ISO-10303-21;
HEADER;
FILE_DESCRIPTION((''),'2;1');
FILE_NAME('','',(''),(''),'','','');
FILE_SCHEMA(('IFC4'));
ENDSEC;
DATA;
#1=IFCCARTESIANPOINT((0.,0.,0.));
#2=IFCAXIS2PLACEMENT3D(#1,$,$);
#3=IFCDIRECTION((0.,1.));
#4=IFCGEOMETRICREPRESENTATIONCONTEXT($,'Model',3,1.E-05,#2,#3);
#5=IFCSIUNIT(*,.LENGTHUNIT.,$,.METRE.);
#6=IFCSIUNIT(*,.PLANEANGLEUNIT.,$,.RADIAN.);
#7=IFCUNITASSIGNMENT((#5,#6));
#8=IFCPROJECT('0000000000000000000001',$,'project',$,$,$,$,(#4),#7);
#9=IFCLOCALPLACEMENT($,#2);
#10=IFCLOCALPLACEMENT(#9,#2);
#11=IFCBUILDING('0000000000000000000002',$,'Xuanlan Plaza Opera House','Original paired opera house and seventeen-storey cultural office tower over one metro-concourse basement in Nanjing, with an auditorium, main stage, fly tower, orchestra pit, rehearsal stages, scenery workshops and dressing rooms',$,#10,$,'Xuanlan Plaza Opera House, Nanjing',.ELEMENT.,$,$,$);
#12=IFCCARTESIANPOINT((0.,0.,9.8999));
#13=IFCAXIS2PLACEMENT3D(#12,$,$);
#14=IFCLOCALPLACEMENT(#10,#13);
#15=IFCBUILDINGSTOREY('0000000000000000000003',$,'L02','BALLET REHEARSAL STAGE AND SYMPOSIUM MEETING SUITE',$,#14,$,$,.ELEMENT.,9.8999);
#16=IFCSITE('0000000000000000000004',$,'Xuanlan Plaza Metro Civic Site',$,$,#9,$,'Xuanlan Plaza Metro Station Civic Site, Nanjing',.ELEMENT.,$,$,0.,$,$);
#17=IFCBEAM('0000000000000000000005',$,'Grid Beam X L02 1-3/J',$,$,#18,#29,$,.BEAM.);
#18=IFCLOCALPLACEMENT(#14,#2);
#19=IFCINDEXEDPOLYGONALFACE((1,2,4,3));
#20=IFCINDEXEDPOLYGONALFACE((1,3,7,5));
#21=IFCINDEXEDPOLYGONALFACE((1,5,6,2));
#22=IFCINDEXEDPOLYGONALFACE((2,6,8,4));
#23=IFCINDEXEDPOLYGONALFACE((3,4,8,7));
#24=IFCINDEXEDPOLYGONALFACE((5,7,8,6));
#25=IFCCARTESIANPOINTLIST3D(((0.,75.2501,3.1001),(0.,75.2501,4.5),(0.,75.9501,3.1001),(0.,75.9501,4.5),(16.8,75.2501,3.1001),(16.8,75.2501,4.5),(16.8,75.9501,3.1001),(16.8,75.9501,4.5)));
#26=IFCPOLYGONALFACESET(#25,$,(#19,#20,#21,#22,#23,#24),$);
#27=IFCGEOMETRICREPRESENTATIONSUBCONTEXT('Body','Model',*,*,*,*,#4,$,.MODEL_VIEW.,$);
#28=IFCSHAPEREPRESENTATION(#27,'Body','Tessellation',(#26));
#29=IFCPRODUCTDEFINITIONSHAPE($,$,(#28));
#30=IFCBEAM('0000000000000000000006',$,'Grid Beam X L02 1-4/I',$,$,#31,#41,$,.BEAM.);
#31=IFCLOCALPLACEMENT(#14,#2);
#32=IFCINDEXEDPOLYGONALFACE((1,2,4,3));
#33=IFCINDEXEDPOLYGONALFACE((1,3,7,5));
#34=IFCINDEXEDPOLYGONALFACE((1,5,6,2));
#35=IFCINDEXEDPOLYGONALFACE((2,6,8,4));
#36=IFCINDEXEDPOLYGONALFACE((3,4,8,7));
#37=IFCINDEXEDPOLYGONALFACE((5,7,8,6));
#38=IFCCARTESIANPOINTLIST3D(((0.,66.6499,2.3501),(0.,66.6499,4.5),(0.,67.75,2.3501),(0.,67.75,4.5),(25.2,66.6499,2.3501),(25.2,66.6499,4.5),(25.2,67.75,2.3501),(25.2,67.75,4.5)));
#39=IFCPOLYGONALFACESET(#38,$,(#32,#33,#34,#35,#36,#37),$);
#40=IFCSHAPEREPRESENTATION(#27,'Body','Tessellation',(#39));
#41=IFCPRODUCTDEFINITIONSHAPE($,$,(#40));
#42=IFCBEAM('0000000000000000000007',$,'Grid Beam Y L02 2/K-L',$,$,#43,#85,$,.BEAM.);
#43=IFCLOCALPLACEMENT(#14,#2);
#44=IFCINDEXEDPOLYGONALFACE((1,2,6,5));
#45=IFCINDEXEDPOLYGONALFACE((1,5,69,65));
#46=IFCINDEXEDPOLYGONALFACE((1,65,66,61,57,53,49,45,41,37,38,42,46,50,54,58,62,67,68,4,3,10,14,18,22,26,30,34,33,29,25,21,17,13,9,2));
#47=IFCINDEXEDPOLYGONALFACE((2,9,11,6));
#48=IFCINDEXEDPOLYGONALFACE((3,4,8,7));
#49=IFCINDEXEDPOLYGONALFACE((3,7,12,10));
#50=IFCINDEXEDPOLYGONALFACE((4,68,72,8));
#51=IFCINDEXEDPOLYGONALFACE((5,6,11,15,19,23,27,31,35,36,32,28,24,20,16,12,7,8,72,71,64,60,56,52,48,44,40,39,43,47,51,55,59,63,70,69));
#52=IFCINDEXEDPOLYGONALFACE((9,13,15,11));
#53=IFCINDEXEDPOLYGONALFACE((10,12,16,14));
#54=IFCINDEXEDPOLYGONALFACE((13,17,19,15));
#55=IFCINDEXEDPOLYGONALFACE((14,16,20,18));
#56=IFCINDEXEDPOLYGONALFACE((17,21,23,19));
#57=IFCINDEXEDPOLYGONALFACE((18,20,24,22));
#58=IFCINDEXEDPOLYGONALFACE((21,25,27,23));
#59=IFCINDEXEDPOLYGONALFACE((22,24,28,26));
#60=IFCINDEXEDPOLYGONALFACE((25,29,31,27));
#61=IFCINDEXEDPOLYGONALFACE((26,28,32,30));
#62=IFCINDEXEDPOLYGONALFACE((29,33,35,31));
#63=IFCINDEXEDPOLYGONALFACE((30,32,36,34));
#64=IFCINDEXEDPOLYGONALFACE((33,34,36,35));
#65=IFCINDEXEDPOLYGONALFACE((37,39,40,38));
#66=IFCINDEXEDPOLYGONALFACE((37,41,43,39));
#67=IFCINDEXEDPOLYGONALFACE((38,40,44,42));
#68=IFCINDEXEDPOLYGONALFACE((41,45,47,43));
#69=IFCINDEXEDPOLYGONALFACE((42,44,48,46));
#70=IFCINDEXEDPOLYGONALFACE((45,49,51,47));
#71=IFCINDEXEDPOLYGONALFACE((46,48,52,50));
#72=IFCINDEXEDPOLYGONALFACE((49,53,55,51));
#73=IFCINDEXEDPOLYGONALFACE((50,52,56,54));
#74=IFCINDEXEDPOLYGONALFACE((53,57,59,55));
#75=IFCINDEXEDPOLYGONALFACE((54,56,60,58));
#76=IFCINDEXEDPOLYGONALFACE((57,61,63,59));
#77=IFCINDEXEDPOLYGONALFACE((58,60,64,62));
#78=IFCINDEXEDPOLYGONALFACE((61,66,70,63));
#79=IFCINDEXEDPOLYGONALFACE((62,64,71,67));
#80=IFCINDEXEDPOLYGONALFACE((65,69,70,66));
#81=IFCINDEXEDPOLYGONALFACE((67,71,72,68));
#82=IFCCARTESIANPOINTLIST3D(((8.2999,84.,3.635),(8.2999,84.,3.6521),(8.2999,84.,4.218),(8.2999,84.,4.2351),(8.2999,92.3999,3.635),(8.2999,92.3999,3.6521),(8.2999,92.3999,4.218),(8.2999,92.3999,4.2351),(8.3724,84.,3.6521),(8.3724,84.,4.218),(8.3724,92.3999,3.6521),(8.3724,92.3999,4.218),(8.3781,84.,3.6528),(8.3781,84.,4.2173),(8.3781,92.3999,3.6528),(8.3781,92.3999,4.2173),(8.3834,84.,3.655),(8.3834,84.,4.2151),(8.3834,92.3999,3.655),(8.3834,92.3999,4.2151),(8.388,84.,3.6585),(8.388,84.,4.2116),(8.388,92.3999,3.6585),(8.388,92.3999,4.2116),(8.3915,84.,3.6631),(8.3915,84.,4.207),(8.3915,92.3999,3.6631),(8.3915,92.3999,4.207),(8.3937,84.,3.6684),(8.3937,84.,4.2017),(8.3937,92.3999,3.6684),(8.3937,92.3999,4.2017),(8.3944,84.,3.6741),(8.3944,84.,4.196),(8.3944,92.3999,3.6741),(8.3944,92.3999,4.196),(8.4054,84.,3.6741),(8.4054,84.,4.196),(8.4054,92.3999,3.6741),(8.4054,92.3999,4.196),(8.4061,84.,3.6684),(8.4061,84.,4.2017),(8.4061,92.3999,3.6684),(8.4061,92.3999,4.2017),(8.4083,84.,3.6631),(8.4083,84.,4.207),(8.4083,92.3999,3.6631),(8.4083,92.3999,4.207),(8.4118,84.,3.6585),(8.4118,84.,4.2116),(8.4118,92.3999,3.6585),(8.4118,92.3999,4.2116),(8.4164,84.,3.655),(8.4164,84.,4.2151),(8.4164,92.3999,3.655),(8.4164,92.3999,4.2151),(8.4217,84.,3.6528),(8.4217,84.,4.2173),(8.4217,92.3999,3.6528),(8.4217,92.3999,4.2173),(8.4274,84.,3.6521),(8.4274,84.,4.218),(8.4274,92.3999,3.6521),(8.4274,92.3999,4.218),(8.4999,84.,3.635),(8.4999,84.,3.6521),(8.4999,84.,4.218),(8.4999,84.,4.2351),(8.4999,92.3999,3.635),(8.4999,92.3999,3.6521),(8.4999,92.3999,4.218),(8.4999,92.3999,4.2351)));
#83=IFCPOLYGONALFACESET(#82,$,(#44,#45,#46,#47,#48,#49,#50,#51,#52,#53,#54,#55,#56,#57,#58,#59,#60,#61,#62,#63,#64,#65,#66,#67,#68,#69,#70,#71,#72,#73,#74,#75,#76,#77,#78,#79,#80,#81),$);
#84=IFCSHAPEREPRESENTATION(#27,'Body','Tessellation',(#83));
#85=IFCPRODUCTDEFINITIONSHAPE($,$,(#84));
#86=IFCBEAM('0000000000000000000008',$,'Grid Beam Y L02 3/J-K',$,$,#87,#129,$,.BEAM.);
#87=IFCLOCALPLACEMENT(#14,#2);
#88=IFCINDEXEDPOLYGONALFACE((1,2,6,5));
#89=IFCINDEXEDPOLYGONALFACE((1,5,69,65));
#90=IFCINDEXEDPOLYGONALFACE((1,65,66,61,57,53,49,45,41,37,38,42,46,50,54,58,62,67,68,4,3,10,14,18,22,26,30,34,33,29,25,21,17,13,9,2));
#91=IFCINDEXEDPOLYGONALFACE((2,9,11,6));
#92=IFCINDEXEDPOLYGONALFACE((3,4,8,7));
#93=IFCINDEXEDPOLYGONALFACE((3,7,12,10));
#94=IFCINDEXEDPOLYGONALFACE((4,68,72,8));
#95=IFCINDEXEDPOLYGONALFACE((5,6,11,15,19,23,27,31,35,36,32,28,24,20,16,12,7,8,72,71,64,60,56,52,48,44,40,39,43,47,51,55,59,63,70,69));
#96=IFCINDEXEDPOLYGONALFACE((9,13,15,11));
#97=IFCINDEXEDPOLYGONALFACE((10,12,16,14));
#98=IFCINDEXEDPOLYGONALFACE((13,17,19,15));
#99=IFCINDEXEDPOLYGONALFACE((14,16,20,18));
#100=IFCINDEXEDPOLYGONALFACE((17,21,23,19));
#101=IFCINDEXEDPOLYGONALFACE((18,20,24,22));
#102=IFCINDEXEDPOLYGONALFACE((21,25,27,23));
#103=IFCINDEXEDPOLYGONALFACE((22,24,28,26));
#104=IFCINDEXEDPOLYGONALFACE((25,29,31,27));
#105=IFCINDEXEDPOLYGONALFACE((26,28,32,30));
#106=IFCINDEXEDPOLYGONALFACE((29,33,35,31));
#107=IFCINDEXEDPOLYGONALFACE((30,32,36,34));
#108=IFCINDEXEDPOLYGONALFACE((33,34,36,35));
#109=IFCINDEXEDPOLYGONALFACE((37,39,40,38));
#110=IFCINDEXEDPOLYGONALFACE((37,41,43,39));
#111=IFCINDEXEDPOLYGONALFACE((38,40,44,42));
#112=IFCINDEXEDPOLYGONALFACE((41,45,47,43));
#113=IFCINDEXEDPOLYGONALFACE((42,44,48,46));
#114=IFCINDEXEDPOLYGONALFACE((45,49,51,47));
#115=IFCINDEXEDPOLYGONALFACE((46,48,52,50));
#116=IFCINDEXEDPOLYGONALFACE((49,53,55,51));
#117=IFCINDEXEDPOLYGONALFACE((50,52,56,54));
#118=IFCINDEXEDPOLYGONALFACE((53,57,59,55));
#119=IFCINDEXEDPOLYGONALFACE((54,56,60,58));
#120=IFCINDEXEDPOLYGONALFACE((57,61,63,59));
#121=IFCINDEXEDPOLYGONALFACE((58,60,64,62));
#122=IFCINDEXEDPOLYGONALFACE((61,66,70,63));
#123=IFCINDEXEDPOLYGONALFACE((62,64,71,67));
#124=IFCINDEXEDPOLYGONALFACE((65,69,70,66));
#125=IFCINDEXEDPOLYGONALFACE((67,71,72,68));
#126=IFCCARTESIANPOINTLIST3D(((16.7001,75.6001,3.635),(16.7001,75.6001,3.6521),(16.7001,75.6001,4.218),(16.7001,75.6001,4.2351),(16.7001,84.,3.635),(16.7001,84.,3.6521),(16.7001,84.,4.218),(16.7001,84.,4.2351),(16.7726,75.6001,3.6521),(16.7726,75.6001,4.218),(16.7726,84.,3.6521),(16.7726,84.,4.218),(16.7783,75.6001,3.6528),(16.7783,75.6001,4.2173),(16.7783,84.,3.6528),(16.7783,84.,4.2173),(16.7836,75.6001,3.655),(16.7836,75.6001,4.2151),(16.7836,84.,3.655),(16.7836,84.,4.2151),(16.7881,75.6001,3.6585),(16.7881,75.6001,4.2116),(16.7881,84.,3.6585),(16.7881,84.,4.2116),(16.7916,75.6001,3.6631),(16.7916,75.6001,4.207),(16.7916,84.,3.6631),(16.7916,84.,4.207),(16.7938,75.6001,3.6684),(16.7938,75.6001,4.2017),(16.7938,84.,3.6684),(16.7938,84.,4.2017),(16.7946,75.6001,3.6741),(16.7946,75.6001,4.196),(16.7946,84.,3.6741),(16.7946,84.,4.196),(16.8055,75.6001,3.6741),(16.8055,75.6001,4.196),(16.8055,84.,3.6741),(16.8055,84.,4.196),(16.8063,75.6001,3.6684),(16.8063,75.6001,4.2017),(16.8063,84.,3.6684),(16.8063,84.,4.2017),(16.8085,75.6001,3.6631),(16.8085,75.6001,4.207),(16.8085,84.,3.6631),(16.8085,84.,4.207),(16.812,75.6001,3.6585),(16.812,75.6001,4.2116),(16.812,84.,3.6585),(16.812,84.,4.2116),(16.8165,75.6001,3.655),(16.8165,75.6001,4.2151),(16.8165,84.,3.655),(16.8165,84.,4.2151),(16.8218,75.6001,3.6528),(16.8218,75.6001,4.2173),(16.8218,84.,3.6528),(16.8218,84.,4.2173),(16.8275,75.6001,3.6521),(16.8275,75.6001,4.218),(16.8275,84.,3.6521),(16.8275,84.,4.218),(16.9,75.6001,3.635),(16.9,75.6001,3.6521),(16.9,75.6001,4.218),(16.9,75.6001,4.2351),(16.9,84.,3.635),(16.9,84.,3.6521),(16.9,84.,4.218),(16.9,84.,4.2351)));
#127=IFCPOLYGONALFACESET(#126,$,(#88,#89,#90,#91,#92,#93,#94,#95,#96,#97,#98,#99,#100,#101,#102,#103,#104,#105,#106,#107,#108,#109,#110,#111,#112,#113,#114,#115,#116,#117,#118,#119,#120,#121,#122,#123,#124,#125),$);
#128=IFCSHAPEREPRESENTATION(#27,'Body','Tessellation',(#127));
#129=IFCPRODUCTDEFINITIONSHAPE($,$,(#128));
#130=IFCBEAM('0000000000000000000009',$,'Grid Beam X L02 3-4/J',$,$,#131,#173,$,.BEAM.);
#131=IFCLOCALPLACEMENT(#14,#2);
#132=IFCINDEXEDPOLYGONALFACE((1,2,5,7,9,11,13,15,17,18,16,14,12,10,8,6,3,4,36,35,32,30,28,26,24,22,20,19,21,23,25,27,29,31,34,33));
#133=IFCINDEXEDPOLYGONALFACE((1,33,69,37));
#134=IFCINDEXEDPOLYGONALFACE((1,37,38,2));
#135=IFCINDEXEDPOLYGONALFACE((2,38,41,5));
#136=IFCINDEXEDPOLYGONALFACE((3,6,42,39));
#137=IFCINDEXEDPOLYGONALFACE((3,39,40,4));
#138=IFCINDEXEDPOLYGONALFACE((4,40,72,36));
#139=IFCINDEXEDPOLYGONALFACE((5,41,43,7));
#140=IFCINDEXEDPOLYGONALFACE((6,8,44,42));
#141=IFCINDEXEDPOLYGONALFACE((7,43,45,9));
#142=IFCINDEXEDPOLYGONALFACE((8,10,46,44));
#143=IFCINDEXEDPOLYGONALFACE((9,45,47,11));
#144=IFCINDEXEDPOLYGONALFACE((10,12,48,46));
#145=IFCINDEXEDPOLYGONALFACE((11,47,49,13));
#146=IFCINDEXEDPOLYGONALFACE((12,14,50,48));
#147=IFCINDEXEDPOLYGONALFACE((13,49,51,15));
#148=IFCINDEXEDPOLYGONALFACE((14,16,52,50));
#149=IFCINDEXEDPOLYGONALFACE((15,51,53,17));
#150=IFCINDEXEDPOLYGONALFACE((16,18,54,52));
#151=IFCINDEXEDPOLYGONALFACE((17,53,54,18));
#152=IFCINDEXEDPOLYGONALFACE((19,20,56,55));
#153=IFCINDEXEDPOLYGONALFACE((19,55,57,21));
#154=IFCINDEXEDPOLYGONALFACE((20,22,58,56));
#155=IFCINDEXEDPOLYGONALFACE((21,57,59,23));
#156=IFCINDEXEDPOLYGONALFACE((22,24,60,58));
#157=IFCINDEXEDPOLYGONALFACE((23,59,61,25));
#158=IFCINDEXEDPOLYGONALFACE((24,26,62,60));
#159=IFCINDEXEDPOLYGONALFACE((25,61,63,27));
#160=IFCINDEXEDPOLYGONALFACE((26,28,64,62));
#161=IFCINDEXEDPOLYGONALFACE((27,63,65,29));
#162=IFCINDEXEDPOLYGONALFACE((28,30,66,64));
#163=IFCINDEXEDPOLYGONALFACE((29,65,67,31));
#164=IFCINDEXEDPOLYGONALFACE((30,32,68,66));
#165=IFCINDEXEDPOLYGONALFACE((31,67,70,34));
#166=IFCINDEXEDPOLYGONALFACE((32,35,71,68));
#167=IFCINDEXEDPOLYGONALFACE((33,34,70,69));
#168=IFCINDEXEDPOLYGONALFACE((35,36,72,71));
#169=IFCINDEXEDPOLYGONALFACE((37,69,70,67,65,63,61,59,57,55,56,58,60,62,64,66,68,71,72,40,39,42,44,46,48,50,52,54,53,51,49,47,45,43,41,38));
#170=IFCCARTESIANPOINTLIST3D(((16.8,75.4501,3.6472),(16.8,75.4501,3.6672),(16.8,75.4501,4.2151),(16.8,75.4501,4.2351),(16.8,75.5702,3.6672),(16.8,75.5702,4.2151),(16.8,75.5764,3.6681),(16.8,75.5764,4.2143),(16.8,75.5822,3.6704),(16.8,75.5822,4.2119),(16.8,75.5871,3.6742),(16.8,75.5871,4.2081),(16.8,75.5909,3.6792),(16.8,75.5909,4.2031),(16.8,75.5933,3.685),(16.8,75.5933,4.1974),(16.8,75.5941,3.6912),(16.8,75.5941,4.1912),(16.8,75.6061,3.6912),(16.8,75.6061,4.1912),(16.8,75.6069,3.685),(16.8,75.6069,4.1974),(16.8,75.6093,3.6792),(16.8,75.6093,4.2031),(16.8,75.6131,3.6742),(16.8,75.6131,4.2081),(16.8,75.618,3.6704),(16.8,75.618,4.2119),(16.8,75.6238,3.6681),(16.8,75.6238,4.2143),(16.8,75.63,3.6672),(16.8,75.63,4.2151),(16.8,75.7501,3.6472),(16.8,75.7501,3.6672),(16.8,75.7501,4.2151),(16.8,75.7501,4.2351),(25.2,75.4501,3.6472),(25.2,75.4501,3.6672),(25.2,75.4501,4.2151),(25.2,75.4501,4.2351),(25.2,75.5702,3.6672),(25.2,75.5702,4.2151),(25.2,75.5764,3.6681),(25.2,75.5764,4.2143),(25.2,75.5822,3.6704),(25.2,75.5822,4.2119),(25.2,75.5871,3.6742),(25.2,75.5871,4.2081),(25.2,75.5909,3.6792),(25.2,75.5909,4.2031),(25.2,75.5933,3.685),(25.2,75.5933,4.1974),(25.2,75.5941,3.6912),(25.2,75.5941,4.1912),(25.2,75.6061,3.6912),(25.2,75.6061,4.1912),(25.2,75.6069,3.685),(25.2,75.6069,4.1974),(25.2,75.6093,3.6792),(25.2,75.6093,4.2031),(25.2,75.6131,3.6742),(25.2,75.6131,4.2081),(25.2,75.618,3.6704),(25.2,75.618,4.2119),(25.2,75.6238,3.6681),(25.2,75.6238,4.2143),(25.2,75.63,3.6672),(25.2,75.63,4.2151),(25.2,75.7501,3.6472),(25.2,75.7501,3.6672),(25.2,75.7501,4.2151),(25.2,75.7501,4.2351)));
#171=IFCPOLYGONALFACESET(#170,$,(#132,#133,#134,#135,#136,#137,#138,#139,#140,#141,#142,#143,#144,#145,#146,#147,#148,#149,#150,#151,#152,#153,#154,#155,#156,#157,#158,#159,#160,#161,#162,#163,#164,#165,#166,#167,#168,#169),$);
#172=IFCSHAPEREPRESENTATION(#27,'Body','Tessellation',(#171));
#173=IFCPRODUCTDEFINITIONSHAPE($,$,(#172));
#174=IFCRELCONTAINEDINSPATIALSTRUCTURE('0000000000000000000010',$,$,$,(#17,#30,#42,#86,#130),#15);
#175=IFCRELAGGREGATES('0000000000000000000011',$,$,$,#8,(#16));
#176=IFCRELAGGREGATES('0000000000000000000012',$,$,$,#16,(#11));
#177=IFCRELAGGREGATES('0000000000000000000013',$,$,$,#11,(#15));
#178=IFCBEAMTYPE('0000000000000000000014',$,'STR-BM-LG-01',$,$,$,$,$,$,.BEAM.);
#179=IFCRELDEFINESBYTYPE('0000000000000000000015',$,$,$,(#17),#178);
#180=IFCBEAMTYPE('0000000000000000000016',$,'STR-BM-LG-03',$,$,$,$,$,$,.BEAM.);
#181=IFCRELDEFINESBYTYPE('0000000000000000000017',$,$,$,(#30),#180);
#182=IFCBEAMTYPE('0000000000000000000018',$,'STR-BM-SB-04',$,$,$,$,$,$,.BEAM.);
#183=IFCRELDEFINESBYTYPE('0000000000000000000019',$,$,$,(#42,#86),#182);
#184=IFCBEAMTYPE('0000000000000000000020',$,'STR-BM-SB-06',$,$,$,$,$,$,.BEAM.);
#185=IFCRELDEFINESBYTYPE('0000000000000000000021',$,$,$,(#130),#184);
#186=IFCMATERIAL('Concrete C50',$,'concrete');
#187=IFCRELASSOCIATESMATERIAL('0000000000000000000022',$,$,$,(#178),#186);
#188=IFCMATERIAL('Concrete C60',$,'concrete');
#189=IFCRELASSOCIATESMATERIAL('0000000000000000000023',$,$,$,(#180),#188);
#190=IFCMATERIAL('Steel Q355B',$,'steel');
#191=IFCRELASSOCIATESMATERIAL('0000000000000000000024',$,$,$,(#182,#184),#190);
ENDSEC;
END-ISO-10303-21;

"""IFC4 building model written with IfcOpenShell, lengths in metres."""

from ifc_helpers import new_model, si_unit, direction, frame, origin, origin_2d, place, context, subcontext, project, spatial, rectangle, i_section, extrude, material, material_profile, profile_set, type_object, element, save


model = new_model("IFC4")

# Units and contexts
model_context = context("Model", 3, precision=1e-05, world=origin(), true_north=direction((0.0, 1.0)))
body_context = subcontext(model_context, "Body", "Model", "MODEL_VIEW")
ifc_project = project(units=[si_unit("LENGTHUNIT", "METRE"), si_unit("PLANEANGLEUNIT", "RADIAN")], contexts=[model_context])

# Site, building, storey
site_placement = place(None, origin())
site = spatial("IfcSite", under=ifc_project, at=site_placement, Name="Xuanlan Plaza Metro Civic Site", LongName="Xuanlan Plaza Metro Station Civic Site, Nanjing", CompositionType="ELEMENT", RefElevation=0.0)
building_placement = place(site_placement, origin())
building = spatial("IfcBuilding", under=site, at=building_placement, Name="Xuanlan Plaza Opera House", Description="Original paired opera house and seventeen-storey cultural office tower over one metro-concourse basement in Nanjing, with an auditorium, main stage, fly tower, orchestra pit, rehearsal stages, scenery workshops and dressing rooms", LongName="Xuanlan Plaza Opera House, Nanjing", CompositionType="ELEMENT")
storey_placement = place(building_placement, frame((0.0, 0.0, 9.8999)))
storey = spatial("IfcBuildingStorey", under=building, at=storey_placement, Name="L02", Description="BALLET REHEARSAL STAGE AND SYMPOSIUM MEETING SUITE", CompositionType="ELEMENT", Elevation=9.8999)

# Shared definitions
ifc_material_1 = material(Name="Concrete C60", Category="concrete")

# Beams
ifc_material_2 = material(Name="Concrete C50", Category="concrete")
ifc_material_profile_1 = material_profile(ifc_material_2, rectangle(XDim=0.7, YDim=1.3999, at=origin_2d()), Name="RC-LG 700x1400")
ifc_profile_set_1 = profile_set([ifc_material_profile_1], Name="Concrete C50")
beam_type_1 = type_object("IfcBeamType", Name="STR-BM-LG-01", PredefinedType="BEAM", material=ifc_profile_set_1)
beam_1_placement = place(storey_placement, frame((0.0, 75.6001, 3.8), z_axis=(1.0, 0.0, 0.0), x_axis=(0.0, 1.0, 0.0)))
element("IfcBeam", 1, at=beam_1_placement, inside=storey, type_object=beam_type_1, Name="Grid Beam X L02 1-3/J", PredefinedType="BEAM", context=body_context, shape_type="SweptSolid", body=[
    extrude(rectangle(XDim=0.7, YDim=1.3999, at=origin_2d()), origin(), (0.0, 0.0, 1.0), 16.8),
])
ifc_material_profile_2 = material_profile(ifc_material_1, rectangle(XDim=1.1001, YDim=2.1499, at=origin_2d()), Name="RC-TG 1100x2150")
ifc_profile_set_2 = profile_set([ifc_material_profile_2], Name="Concrete C60")
beam_type_2 = type_object("IfcBeamType", Name="STR-BM-LG-03", PredefinedType="BEAM", material=ifc_profile_set_2)
beam_2_placement = place(storey_placement, frame((0.0, 67.2, 3.425), z_axis=(1.0, 0.0, 0.0), x_axis=(0.0, 1.0, 0.0)))
element("IfcBeam", 2, at=beam_2_placement, inside=storey, type_object=beam_type_2, Name="Grid Beam X L02 1-4/I", PredefinedType="BEAM", context=body_context, shape_type="SweptSolid", body=[
    extrude(rectangle(XDim=1.1001, YDim=2.1499, at=origin_2d()), origin(), (0.0, 0.0, 1.0), 25.2),
])
ifc_material_3 = material(Name="Steel Q355B", Category="steel")
ifc_material_profile_3 = material_profile(ifc_material_3, i_section(OverallWidth=0.2, OverallDepth=0.6001, WebThickness=0.011, FlangeThickness=0.0171, FilletRadius=0.022, at=origin_2d()), Name="HN 600x200x11x17")
ifc_profile_set_3 = profile_set([ifc_material_profile_3], Name="Steel Q355B")
beam_type_3 = type_object("IfcBeamType", Name="STR-BM-SB-04", PredefinedType="BEAM", material=ifc_profile_set_3)
for number, where, z_axis, x_axis, name in (
    (3, (8.3999, 84.0, 3.9351), (0.0, 1.0, 0.0), (-1.0, 0.0, 0.0), "Grid Beam Y L02 2/K-L"),
    (4, (16.8, 75.6001, 3.9351), (0.0, 1.0, 0.0), (-1.0, 0.0, 0.0), "Grid Beam Y L02 3/J-K"),
):
    element("IfcBeam", number, at=place(storey_placement, frame(where, z_axis=z_axis, x_axis=x_axis)), inside=storey, type_object=beam_type_3, Name=name, PredefinedType="BEAM", context=body_context, shape_type="SweptSolid", body=[
        extrude(i_section(OverallWidth=0.2, OverallDepth=0.6001, WebThickness=0.011, FlangeThickness=0.0171, FilletRadius=0.022, at=origin_2d()), origin(), (0.0, 0.0, 1.0), 8.3999),
    ])
ifc_material_profile_4 = material_profile(ifc_material_3, i_section(OverallWidth=0.3, OverallDepth=0.5879, WebThickness=0.012, FlangeThickness=0.02, FilletRadius=0.0239, at=origin_2d()), Name="HM 588x300x12x20")
ifc_profile_set_4 = profile_set([ifc_material_profile_4], Name="Steel Q355B")
beam_type_4 = type_object("IfcBeamType", Name="STR-BM-SB-06", PredefinedType="BEAM", material=ifc_profile_set_4)
beam_3_placement = place(storey_placement, frame((16.8, 75.6001, 3.9412), z_axis=(1.0, 0.0, 0.0), x_axis=(0.0, 1.0, 0.0)))
element("IfcBeam", 5, at=beam_3_placement, inside=storey, type_object=beam_type_4, Name="Grid Beam X L02 3-4/J", PredefinedType="BEAM", context=body_context, shape_type="SweptSolid", body=[
    extrude(i_section(OverallWidth=0.3, OverallDepth=0.5879, WebThickness=0.012, FlangeThickness=0.02, FilletRadius=0.0239, at=origin_2d()), origin(), (0.0, 0.0, 1.0), 8.3999),
])

save(model, "model.ifc")
